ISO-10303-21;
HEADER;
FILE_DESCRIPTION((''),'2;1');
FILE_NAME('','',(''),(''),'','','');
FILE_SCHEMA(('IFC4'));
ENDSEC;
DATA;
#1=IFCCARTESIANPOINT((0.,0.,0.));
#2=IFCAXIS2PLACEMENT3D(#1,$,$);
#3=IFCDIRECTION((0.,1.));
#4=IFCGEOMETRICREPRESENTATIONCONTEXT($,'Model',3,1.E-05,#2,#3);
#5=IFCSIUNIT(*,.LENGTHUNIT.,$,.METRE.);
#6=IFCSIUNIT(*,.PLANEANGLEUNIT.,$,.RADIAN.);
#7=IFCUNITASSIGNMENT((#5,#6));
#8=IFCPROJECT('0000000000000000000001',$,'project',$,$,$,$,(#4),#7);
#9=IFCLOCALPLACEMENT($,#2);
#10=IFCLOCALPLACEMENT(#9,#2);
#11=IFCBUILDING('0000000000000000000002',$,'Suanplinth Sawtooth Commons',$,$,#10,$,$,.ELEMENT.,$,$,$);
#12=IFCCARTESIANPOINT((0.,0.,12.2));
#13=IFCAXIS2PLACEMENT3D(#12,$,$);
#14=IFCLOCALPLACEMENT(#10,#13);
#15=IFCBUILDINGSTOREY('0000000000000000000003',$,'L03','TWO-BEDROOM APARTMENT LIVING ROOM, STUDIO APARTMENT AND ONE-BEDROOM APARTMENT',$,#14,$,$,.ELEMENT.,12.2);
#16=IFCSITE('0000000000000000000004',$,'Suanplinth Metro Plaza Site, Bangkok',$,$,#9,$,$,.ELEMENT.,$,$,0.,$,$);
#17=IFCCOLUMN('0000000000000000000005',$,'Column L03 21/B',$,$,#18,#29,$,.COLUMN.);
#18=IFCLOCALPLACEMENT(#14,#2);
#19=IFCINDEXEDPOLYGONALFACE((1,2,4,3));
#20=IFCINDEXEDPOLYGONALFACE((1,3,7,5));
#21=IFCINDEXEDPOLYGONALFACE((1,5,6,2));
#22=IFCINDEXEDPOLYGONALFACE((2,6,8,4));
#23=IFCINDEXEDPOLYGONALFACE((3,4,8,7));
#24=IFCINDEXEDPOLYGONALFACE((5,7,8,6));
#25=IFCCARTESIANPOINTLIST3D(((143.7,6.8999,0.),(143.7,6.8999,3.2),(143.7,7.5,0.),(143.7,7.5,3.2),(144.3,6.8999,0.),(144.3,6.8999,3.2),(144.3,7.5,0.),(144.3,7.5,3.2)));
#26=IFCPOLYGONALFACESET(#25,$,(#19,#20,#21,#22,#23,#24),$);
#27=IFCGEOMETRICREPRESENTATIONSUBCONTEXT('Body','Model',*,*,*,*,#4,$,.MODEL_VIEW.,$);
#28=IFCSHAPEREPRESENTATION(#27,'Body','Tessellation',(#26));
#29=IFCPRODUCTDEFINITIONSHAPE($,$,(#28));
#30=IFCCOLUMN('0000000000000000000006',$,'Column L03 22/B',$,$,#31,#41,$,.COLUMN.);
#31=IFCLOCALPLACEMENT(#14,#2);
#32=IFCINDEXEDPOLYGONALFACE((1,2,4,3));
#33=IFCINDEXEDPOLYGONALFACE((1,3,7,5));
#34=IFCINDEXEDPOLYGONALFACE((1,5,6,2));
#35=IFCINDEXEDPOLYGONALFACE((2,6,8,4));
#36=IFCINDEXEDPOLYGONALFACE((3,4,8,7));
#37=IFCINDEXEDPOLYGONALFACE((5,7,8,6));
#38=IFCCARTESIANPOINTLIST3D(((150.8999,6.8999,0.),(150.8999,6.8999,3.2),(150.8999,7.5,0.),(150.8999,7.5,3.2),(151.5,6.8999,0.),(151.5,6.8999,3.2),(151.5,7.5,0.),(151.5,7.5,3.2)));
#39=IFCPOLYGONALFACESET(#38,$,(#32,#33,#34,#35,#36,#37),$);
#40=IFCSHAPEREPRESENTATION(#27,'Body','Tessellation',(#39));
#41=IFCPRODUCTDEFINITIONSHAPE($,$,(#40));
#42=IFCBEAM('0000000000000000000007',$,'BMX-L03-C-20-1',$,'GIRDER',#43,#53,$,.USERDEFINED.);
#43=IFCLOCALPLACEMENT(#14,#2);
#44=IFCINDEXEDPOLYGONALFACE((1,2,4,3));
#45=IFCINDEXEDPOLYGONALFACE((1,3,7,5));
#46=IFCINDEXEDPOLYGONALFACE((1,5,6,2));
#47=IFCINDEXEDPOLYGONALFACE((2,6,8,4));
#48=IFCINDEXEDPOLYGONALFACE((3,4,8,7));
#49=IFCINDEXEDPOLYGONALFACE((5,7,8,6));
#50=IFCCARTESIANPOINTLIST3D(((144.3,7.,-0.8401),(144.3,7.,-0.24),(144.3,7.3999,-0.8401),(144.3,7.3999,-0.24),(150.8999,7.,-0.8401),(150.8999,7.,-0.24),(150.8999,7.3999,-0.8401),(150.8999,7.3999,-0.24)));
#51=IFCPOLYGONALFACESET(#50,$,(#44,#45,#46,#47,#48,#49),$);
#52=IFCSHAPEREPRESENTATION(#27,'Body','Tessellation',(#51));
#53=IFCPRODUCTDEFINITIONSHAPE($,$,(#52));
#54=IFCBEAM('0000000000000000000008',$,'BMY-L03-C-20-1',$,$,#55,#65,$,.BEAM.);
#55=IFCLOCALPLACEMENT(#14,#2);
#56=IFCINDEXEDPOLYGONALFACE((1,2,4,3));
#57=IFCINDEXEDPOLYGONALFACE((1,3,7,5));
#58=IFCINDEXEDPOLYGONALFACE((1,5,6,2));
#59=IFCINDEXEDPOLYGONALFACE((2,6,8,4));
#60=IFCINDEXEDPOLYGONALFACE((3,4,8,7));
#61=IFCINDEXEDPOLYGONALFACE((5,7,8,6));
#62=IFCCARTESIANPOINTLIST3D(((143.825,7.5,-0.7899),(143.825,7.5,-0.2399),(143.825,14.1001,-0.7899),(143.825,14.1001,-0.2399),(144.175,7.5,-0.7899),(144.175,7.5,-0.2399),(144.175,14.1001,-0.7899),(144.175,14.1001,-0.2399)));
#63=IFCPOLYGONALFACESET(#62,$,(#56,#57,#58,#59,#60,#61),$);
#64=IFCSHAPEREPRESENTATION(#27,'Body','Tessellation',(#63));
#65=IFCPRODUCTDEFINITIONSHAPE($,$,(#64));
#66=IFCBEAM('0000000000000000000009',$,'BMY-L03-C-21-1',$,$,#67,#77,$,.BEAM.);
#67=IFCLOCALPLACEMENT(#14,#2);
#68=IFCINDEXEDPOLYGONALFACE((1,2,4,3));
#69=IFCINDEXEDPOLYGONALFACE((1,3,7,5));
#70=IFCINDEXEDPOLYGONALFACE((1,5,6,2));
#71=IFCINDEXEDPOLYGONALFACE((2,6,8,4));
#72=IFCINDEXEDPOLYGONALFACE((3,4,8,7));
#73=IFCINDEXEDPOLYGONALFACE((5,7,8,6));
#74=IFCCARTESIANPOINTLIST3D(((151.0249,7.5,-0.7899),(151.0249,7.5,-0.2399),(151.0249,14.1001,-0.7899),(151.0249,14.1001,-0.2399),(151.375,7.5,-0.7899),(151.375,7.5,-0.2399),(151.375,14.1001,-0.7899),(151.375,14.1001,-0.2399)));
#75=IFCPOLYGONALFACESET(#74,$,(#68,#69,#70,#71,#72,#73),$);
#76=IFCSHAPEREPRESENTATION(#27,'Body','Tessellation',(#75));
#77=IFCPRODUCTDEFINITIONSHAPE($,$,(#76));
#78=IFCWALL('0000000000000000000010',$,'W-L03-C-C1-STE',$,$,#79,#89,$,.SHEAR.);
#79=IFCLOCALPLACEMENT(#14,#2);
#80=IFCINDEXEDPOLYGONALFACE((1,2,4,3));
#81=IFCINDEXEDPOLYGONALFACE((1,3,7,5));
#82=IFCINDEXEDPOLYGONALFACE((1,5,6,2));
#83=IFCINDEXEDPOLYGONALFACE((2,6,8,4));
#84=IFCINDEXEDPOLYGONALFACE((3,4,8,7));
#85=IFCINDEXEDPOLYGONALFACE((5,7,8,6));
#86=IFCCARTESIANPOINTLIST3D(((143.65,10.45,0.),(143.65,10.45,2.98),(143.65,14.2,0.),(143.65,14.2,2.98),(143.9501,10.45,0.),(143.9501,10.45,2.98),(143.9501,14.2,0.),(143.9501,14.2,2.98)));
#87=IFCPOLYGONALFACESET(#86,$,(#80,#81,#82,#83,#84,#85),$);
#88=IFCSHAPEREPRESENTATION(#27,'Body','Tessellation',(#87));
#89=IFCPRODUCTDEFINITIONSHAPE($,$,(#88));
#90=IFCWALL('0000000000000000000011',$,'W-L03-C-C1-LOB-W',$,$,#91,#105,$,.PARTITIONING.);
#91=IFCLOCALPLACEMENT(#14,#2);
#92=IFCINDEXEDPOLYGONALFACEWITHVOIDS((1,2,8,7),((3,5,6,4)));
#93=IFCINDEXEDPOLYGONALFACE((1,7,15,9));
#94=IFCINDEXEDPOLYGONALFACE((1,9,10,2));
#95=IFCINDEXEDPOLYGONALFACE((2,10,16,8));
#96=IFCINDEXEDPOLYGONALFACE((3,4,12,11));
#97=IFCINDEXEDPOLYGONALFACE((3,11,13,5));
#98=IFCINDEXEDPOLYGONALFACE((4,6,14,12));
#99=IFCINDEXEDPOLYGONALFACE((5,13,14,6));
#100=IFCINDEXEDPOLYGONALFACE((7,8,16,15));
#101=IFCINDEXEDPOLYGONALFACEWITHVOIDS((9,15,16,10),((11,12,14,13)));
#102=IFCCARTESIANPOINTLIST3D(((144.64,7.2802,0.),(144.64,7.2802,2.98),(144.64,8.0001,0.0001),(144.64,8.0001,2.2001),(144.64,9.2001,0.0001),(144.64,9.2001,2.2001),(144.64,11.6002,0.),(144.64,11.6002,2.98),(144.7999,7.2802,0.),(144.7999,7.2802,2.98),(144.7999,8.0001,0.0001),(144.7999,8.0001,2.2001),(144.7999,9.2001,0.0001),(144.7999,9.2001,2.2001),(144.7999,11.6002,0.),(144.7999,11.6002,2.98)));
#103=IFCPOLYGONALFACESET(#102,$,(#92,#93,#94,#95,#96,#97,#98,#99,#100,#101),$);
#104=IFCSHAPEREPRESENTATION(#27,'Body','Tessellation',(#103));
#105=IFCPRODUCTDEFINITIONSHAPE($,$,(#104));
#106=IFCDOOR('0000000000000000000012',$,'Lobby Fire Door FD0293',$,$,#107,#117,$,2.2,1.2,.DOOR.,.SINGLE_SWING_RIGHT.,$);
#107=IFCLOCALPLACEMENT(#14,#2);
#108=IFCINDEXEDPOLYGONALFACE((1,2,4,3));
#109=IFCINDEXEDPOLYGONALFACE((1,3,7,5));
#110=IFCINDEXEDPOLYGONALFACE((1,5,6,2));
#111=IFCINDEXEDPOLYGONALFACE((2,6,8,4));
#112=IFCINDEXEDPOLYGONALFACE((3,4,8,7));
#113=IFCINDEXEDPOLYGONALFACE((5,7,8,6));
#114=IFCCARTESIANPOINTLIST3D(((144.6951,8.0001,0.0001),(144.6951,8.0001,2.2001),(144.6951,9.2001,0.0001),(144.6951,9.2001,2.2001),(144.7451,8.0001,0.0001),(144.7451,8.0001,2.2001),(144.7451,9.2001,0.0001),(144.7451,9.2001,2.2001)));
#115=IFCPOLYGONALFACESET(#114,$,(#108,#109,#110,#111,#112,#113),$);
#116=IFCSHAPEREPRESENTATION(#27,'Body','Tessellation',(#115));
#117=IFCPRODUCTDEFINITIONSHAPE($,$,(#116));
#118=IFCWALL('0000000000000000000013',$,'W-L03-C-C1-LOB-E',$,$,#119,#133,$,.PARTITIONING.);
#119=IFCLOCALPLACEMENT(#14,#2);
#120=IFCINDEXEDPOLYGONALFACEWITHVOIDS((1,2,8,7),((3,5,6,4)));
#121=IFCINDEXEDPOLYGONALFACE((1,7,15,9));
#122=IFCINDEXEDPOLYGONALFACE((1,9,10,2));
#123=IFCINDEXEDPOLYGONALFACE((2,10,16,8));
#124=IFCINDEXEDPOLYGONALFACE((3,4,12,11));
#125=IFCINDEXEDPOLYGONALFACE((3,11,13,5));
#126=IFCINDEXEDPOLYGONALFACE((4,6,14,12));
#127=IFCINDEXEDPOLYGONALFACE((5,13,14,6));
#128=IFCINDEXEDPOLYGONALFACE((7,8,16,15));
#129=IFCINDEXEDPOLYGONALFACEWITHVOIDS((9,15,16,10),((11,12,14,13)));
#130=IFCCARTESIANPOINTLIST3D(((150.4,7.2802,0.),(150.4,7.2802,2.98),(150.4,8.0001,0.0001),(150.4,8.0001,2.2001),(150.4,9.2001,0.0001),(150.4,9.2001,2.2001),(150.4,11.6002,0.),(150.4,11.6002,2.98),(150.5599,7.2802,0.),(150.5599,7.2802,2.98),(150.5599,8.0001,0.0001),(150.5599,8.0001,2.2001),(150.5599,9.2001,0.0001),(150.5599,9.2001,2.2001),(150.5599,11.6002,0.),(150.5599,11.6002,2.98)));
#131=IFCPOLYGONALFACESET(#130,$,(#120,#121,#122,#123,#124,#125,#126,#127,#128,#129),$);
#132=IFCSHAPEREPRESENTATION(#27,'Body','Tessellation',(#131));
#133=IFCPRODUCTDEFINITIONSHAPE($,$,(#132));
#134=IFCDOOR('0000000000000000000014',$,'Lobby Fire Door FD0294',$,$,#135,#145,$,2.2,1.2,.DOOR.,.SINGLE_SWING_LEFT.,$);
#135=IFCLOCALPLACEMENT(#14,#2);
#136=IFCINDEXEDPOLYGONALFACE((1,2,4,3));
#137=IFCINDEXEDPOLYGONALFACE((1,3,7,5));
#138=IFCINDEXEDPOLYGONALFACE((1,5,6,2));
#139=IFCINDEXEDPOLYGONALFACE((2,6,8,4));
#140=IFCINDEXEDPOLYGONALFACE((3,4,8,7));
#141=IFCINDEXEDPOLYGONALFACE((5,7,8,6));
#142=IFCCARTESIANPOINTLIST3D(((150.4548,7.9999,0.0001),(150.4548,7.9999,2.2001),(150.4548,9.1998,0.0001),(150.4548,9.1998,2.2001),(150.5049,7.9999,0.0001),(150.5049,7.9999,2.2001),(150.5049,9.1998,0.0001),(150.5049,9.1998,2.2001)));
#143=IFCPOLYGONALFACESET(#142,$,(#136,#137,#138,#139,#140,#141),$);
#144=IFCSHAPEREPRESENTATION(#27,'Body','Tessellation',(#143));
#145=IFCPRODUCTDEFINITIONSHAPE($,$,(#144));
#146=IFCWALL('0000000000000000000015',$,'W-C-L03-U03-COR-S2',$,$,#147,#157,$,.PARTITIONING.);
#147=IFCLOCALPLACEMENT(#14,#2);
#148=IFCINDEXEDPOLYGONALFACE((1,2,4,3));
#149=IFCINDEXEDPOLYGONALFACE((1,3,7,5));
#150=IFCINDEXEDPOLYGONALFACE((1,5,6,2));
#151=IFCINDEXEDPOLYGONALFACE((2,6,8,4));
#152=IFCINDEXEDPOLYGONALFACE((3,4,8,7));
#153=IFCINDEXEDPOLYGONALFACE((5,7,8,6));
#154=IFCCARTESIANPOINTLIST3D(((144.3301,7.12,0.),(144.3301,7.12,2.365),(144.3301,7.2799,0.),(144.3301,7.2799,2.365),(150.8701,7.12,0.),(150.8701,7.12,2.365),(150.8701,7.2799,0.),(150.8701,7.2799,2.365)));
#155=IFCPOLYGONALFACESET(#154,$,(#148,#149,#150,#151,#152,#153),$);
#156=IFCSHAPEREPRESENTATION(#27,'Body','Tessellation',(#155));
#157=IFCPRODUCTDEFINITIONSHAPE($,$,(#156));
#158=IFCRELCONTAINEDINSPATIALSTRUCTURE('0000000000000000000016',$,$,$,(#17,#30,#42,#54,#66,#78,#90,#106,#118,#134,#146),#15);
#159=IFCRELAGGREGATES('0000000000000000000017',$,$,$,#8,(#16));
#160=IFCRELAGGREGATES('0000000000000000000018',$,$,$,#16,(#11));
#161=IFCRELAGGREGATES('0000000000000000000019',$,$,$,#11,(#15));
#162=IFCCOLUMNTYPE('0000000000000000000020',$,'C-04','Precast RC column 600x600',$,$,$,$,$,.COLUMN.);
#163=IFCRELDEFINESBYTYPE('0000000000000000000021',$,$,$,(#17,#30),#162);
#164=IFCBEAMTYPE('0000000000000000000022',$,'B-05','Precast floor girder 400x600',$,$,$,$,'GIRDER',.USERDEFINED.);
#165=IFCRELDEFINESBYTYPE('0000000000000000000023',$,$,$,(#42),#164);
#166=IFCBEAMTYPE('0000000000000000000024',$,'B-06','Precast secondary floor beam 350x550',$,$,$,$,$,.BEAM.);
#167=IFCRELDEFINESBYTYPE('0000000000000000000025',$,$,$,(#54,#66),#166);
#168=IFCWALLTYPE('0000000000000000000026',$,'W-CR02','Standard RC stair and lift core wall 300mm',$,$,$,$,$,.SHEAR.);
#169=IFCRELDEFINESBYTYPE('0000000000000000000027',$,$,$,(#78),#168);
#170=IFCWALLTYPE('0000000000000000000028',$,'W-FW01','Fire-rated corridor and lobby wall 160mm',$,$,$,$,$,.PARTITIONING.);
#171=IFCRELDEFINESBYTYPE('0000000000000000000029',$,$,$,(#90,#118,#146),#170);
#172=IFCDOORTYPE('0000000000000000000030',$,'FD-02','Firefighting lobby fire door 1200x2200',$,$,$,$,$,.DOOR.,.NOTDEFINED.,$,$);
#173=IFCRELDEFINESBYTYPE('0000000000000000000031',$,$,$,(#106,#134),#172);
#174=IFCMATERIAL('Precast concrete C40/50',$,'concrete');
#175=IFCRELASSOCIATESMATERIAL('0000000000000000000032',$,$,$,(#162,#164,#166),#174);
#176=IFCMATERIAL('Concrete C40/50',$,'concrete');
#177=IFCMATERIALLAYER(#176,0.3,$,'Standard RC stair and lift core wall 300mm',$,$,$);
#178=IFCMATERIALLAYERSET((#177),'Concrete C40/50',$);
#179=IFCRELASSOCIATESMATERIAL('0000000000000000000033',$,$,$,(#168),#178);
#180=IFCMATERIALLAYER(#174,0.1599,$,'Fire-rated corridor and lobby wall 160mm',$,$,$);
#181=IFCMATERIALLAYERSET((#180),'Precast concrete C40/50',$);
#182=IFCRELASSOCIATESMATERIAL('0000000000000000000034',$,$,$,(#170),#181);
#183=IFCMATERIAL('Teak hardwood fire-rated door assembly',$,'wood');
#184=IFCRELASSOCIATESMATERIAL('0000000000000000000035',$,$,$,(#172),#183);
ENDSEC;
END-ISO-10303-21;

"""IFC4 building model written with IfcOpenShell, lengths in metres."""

from ifc_helpers import new_model, si_unit, direction, frame, frame_2d, origin, origin_2d, place, context, subcontext, project, spatial, rectangle, extrude, material, layer, layer_set, material_profile, profile_set, type_object, element, fill, save


model = new_model("IFC4")

# Units and contexts
model_context = context("Model", 3, precision=1e-05, world=origin(), true_north=direction((0.0, 1.0)))
body_context = subcontext(model_context, "Body", "Model", "MODEL_VIEW")
ifc_project = project(units=[si_unit("LENGTHUNIT", "METRE"), si_unit("PLANEANGLEUNIT", "RADIAN")], contexts=[model_context])

# Site, building, storey
site_placement = place(None, origin())
site = spatial("IfcSite", under=ifc_project, at=site_placement, Name="Suanplinth Metro Plaza Site, Bangkok", CompositionType="ELEMENT", RefElevation=0.0)
building_placement = place(site_placement, origin())
building = spatial("IfcBuilding", under=site, at=building_placement, Name="Suanplinth Sawtooth Commons", CompositionType="ELEMENT")
storey_placement = place(building_placement, frame((0.0, 0.0, 12.2)))
storey = spatial("IfcBuildingStorey", under=building, at=storey_placement, Name="L03", Description="TWO-BEDROOM APARTMENT LIVING ROOM, STUDIO APARTMENT AND ONE-BEDROOM APARTMENT", CompositionType="ELEMENT", Elevation=12.2)

# Columns
ifc_material_1 = material(Name="Precast concrete C40/50", Category="concrete")
ifc_material_profile_1 = material_profile(ifc_material_1, rectangle(XDim=0.6001, YDim=0.6001, at=origin_2d()), Name="PC-COL 600x600")
ifc_profile_set_1 = profile_set([ifc_material_profile_1], Name="Precast concrete C40/50")
column_type = type_object("IfcColumnType", Name="C-04", Description="Precast RC column 600x600", PredefinedType="COLUMN", material=ifc_profile_set_1)
for number, where, z_axis, x_axis, name in (
    (1, (144.0, 7.2, 0.0), (0.0, 0.0, 1.0), (1.0, 0.0, 0.0), "Column L03 21/B"),
    (2, (151.2, 7.2, 0.0), (0.0, 0.0, 1.0), (1.0, 0.0, 0.0), "Column L03 22/B"),
):
    element("IfcColumn", number, at=place(storey_placement, frame(where, z_axis=z_axis, x_axis=x_axis)), inside=storey, type_object=column_type, Name=name, PredefinedType="COLUMN", context=body_context, shape_type="SweptSolid", body=[
        extrude(rectangle(XDim=0.6001, YDim=0.6001, at=origin_2d()), origin(), (0.0, 0.0, 1.0), 3.2),
    ])

# Beams
ifc_material_profile_2 = material_profile(ifc_material_1, rectangle(XDim=0.3999, YDim=0.6001, at=origin_2d()), Name="PC-GDR 400x600")
ifc_profile_set_2 = profile_set([ifc_material_profile_2], Name="Precast concrete C40/50")
beam_type_1 = type_object("IfcBeamType", Name="B-05", Description="Precast floor girder 400x600", ElementType="GIRDER", PredefinedType="USERDEFINED", material=ifc_profile_set_2)
beam_placement = place(storey_placement, frame((144.3, 7.2, -0.54), z_axis=(1.0, 0.0, 0.0), x_axis=(0.0, 1.0, 0.0)))
element("IfcBeam", 3, at=beam_placement, inside=storey, type_object=beam_type_1, Name="BMX-L03-C-20-1", ObjectType="GIRDER", PredefinedType="USERDEFINED", context=body_context, shape_type="SweptSolid", body=[
    extrude(rectangle(XDim=0.3999, YDim=0.6001, at=origin_2d()), origin(), (0.0, 0.0, 1.0), 6.5999),
])
ifc_material_profile_3 = material_profile(ifc_material_1, rectangle(XDim=0.3501, YDim=0.55, at=origin_2d()), Name="PC-BM 350x550")
ifc_profile_set_3 = profile_set([ifc_material_profile_3], Name="Precast concrete C40/50")
beam_type_2 = type_object("IfcBeamType", Name="B-06", Description="Precast secondary floor beam 350x550", PredefinedType="BEAM", material=ifc_profile_set_3)
for number, where, z_axis, x_axis, name in (
    (4, (144.0, 7.5, -0.5149), (0.0, 1.0, 0.0), (-1.0, 0.0, 0.0), "BMY-L03-C-20-1"),
    (5, (151.2, 7.5, -0.5149), (0.0, 1.0, 0.0), (-1.0, 0.0, 0.0), "BMY-L03-C-21-1"),
):
    element("IfcBeam", number, at=place(storey_placement, frame(where, z_axis=z_axis, x_axis=x_axis)), inside=storey, type_object=beam_type_2, Name=name, PredefinedType="BEAM", context=body_context, shape_type="SweptSolid", body=[
        extrude(rectangle(XDim=0.3501, YDim=0.55, at=origin_2d()), origin(), (0.0, 0.0, 1.0), 6.6001),
    ])

# Wall
ifc_material_2 = material(Name="Concrete C40/50", Category="concrete")
ifc_layer_1 = layer(ifc_material_2, 0.3, Name="Standard RC stair and lift core wall 300mm")
ifc_layer_set_1 = layer_set([ifc_layer_1], Name="Concrete C40/50")
wall_type_1 = type_object("IfcWallType", Name="W-CR02", Description="Standard RC stair and lift core wall 300mm", PredefinedType="SHEAR", material=ifc_layer_set_1)
wall_1_placement = place(storey_placement, frame((143.8, 10.45, 0.0), z_axis=(0.0, 0.0, 1.0), x_axis=(0.0, 1.0, 0.0)))
element("IfcWall", 6, at=wall_1_placement, inside=storey, type_object=wall_type_1, Name="W-L03-C-C1-STE", PredefinedType="SHEAR", context=body_context, shape_type="SweptSolid", body=[
    extrude(rectangle(XDim=3.75, YDim=0.3, at=frame_2d((1.875, 0.0))), origin(), (0.0, 0.0, 1.0), 2.98),
])

# Walls, openings, doors
ifc_layer_2 = layer(ifc_material_1, 0.1599, Name="Fire-rated corridor and lobby wall 160mm")
ifc_layer_set_2 = layer_set([ifc_layer_2], Name="Precast concrete C40/50")
wall_type_2 = type_object("IfcWallType", Name="W-FW01", Description="Fire-rated corridor and lobby wall 160mm", PredefinedType="PARTITIONING", material=ifc_layer_set_2)
wall_2_placement = place(storey_placement, frame((144.72, 7.28, 0.0), z_axis=(0.0, 0.0, 1.0), x_axis=(0.0, 1.0, 0.0)))
wall_2 = element("IfcWall", 7, at=wall_2_placement, inside=storey, type_object=wall_type_2, Name="W-L03-C-C1-LOB-W", PredefinedType="PARTITIONING", context=body_context, shape_type="SweptSolid", body=[
    extrude(rectangle(XDim=4.3201, YDim=0.1599, at=frame_2d((2.1602, 0.0))), origin(), (0.0, 0.0, 1.0), 2.98),
])
opening_1_placement = place(wall_2_placement, frame((0.72, 0.0, 0.0)))
opening_1 = element("IfcOpeningElement", 8, at=opening_1_placement, cuts=wall_2, PredefinedType="OPENING", context=body_context, shape_type="SweptSolid", body=[
    extrude(rectangle(XDim=1.2, YDim=2.2, at=frame_2d((0.6001, 1.1001))), frame((0.0, 0.0947, 0.0), z_axis=(0.0, -1.0, 0.0), x_axis=(1.0, 0.0, 0.0)), (0.0, 0.0, 1.0), 0.1897),
])
ifc_material_3 = material(Name="Teak hardwood fire-rated door assembly", Category="wood")
door_type_1 = type_object("IfcDoorType", Name="FD-02", Description="Firefighting lobby fire door 1200x2200", OperationType="NOTDEFINED", PredefinedType="DOOR", material=ifc_material_3)
door_1_placement = place(opening_1_placement, origin())
door_1 = element("IfcDoor", 9, at=door_1_placement, inside=storey, type_object=door_type_1, Name="Lobby Fire Door FD0293", OperationType="SINGLE_SWING_RIGHT", OverallHeight=2.2, OverallWidth=1.2, PredefinedType="DOOR", context=body_context, shape_type="SweptSolid", body=[
    extrude(rectangle(XDim=1.2, YDim=2.2, at=frame_2d((0.6001, 1.1001))), frame((0.0, 0.0249, 0.0), z_axis=(0.0, -1.0, 0.0), x_axis=(1.0, 0.0, 0.0)), (0.0, 0.0, 1.0), 0.05),
])
fill(opening_1, door_1)
wall_3_placement = place(storey_placement, frame((150.48, 7.28, 0.0), z_axis=(0.0, 0.0, 1.0), x_axis=(0.0, 1.0, 0.0)))
wall_3 = element("IfcWall", 10, at=wall_3_placement, inside=storey, type_object=wall_type_2, Name="W-L03-C-C1-LOB-E", PredefinedType="PARTITIONING", context=body_context, shape_type="SweptSolid", body=[
    extrude(rectangle(XDim=4.3201, YDim=0.1599, at=frame_2d((2.1602, 0.0))), origin(), (0.0, 0.0, 1.0), 2.98),
])
opening_2_placement = place(wall_3_placement, frame((0.72, 0.0, 0.0)))
opening_2 = element("IfcOpeningElement", 11, at=opening_2_placement, cuts=wall_3, PredefinedType="OPENING", context=body_context, shape_type="SweptSolid", body=[
    extrude(rectangle(XDim=1.2, YDim=2.2, at=frame_2d((0.6001, 1.1001))), frame((0.0, 0.0947, 0.0), z_axis=(0.0, -1.0, 0.0), x_axis=(1.0, 0.0, 0.0)), (0.0, 0.0, 1.0), 0.1897),
])
door_2_placement = place(opening_2_placement, frame((1.2, 0.0, 0.0), z_axis=(0.0, 0.0, 1.0), x_axis=(-1.0, 0.0, 0.0)))
door_2 = element("IfcDoor", 12, at=door_2_placement, inside=storey, type_object=door_type_1, Name="Lobby Fire Door FD0294", OperationType="SINGLE_SWING_LEFT", OverallHeight=2.2, OverallWidth=1.2, PredefinedType="DOOR", context=body_context, shape_type="SweptSolid", body=[
    extrude(rectangle(XDim=1.2, YDim=2.2, at=frame_2d((0.6001, 1.1001))), frame((0.0, 0.0249, 0.0), z_axis=(0.0, -1.0, 0.0), x_axis=(1.0, 0.0, 0.0)), (0.0, 0.0, 1.0), 0.05),
])
fill(opening_2, door_2)

# Wall
wall_4_placement = place(storey_placement, frame((144.3301, 7.2, 0.0), z_axis=(0.0, 0.0, 1.0), x_axis=(1.0, 0.0, 0.0)))
element("IfcWall", 13, at=wall_4_placement, inside=storey, type_object=wall_type_2, Name="W-C-L03-U03-COR-S2", PredefinedType="PARTITIONING", context=body_context, shape_type="SweptSolid", body=[
    extrude(rectangle(XDim=6.54, YDim=0.1599, at=frame_2d((3.27, 0.0))), origin(), (0.0, 0.0, 1.0), 2.365),
])

save(model, "model.ifc")
